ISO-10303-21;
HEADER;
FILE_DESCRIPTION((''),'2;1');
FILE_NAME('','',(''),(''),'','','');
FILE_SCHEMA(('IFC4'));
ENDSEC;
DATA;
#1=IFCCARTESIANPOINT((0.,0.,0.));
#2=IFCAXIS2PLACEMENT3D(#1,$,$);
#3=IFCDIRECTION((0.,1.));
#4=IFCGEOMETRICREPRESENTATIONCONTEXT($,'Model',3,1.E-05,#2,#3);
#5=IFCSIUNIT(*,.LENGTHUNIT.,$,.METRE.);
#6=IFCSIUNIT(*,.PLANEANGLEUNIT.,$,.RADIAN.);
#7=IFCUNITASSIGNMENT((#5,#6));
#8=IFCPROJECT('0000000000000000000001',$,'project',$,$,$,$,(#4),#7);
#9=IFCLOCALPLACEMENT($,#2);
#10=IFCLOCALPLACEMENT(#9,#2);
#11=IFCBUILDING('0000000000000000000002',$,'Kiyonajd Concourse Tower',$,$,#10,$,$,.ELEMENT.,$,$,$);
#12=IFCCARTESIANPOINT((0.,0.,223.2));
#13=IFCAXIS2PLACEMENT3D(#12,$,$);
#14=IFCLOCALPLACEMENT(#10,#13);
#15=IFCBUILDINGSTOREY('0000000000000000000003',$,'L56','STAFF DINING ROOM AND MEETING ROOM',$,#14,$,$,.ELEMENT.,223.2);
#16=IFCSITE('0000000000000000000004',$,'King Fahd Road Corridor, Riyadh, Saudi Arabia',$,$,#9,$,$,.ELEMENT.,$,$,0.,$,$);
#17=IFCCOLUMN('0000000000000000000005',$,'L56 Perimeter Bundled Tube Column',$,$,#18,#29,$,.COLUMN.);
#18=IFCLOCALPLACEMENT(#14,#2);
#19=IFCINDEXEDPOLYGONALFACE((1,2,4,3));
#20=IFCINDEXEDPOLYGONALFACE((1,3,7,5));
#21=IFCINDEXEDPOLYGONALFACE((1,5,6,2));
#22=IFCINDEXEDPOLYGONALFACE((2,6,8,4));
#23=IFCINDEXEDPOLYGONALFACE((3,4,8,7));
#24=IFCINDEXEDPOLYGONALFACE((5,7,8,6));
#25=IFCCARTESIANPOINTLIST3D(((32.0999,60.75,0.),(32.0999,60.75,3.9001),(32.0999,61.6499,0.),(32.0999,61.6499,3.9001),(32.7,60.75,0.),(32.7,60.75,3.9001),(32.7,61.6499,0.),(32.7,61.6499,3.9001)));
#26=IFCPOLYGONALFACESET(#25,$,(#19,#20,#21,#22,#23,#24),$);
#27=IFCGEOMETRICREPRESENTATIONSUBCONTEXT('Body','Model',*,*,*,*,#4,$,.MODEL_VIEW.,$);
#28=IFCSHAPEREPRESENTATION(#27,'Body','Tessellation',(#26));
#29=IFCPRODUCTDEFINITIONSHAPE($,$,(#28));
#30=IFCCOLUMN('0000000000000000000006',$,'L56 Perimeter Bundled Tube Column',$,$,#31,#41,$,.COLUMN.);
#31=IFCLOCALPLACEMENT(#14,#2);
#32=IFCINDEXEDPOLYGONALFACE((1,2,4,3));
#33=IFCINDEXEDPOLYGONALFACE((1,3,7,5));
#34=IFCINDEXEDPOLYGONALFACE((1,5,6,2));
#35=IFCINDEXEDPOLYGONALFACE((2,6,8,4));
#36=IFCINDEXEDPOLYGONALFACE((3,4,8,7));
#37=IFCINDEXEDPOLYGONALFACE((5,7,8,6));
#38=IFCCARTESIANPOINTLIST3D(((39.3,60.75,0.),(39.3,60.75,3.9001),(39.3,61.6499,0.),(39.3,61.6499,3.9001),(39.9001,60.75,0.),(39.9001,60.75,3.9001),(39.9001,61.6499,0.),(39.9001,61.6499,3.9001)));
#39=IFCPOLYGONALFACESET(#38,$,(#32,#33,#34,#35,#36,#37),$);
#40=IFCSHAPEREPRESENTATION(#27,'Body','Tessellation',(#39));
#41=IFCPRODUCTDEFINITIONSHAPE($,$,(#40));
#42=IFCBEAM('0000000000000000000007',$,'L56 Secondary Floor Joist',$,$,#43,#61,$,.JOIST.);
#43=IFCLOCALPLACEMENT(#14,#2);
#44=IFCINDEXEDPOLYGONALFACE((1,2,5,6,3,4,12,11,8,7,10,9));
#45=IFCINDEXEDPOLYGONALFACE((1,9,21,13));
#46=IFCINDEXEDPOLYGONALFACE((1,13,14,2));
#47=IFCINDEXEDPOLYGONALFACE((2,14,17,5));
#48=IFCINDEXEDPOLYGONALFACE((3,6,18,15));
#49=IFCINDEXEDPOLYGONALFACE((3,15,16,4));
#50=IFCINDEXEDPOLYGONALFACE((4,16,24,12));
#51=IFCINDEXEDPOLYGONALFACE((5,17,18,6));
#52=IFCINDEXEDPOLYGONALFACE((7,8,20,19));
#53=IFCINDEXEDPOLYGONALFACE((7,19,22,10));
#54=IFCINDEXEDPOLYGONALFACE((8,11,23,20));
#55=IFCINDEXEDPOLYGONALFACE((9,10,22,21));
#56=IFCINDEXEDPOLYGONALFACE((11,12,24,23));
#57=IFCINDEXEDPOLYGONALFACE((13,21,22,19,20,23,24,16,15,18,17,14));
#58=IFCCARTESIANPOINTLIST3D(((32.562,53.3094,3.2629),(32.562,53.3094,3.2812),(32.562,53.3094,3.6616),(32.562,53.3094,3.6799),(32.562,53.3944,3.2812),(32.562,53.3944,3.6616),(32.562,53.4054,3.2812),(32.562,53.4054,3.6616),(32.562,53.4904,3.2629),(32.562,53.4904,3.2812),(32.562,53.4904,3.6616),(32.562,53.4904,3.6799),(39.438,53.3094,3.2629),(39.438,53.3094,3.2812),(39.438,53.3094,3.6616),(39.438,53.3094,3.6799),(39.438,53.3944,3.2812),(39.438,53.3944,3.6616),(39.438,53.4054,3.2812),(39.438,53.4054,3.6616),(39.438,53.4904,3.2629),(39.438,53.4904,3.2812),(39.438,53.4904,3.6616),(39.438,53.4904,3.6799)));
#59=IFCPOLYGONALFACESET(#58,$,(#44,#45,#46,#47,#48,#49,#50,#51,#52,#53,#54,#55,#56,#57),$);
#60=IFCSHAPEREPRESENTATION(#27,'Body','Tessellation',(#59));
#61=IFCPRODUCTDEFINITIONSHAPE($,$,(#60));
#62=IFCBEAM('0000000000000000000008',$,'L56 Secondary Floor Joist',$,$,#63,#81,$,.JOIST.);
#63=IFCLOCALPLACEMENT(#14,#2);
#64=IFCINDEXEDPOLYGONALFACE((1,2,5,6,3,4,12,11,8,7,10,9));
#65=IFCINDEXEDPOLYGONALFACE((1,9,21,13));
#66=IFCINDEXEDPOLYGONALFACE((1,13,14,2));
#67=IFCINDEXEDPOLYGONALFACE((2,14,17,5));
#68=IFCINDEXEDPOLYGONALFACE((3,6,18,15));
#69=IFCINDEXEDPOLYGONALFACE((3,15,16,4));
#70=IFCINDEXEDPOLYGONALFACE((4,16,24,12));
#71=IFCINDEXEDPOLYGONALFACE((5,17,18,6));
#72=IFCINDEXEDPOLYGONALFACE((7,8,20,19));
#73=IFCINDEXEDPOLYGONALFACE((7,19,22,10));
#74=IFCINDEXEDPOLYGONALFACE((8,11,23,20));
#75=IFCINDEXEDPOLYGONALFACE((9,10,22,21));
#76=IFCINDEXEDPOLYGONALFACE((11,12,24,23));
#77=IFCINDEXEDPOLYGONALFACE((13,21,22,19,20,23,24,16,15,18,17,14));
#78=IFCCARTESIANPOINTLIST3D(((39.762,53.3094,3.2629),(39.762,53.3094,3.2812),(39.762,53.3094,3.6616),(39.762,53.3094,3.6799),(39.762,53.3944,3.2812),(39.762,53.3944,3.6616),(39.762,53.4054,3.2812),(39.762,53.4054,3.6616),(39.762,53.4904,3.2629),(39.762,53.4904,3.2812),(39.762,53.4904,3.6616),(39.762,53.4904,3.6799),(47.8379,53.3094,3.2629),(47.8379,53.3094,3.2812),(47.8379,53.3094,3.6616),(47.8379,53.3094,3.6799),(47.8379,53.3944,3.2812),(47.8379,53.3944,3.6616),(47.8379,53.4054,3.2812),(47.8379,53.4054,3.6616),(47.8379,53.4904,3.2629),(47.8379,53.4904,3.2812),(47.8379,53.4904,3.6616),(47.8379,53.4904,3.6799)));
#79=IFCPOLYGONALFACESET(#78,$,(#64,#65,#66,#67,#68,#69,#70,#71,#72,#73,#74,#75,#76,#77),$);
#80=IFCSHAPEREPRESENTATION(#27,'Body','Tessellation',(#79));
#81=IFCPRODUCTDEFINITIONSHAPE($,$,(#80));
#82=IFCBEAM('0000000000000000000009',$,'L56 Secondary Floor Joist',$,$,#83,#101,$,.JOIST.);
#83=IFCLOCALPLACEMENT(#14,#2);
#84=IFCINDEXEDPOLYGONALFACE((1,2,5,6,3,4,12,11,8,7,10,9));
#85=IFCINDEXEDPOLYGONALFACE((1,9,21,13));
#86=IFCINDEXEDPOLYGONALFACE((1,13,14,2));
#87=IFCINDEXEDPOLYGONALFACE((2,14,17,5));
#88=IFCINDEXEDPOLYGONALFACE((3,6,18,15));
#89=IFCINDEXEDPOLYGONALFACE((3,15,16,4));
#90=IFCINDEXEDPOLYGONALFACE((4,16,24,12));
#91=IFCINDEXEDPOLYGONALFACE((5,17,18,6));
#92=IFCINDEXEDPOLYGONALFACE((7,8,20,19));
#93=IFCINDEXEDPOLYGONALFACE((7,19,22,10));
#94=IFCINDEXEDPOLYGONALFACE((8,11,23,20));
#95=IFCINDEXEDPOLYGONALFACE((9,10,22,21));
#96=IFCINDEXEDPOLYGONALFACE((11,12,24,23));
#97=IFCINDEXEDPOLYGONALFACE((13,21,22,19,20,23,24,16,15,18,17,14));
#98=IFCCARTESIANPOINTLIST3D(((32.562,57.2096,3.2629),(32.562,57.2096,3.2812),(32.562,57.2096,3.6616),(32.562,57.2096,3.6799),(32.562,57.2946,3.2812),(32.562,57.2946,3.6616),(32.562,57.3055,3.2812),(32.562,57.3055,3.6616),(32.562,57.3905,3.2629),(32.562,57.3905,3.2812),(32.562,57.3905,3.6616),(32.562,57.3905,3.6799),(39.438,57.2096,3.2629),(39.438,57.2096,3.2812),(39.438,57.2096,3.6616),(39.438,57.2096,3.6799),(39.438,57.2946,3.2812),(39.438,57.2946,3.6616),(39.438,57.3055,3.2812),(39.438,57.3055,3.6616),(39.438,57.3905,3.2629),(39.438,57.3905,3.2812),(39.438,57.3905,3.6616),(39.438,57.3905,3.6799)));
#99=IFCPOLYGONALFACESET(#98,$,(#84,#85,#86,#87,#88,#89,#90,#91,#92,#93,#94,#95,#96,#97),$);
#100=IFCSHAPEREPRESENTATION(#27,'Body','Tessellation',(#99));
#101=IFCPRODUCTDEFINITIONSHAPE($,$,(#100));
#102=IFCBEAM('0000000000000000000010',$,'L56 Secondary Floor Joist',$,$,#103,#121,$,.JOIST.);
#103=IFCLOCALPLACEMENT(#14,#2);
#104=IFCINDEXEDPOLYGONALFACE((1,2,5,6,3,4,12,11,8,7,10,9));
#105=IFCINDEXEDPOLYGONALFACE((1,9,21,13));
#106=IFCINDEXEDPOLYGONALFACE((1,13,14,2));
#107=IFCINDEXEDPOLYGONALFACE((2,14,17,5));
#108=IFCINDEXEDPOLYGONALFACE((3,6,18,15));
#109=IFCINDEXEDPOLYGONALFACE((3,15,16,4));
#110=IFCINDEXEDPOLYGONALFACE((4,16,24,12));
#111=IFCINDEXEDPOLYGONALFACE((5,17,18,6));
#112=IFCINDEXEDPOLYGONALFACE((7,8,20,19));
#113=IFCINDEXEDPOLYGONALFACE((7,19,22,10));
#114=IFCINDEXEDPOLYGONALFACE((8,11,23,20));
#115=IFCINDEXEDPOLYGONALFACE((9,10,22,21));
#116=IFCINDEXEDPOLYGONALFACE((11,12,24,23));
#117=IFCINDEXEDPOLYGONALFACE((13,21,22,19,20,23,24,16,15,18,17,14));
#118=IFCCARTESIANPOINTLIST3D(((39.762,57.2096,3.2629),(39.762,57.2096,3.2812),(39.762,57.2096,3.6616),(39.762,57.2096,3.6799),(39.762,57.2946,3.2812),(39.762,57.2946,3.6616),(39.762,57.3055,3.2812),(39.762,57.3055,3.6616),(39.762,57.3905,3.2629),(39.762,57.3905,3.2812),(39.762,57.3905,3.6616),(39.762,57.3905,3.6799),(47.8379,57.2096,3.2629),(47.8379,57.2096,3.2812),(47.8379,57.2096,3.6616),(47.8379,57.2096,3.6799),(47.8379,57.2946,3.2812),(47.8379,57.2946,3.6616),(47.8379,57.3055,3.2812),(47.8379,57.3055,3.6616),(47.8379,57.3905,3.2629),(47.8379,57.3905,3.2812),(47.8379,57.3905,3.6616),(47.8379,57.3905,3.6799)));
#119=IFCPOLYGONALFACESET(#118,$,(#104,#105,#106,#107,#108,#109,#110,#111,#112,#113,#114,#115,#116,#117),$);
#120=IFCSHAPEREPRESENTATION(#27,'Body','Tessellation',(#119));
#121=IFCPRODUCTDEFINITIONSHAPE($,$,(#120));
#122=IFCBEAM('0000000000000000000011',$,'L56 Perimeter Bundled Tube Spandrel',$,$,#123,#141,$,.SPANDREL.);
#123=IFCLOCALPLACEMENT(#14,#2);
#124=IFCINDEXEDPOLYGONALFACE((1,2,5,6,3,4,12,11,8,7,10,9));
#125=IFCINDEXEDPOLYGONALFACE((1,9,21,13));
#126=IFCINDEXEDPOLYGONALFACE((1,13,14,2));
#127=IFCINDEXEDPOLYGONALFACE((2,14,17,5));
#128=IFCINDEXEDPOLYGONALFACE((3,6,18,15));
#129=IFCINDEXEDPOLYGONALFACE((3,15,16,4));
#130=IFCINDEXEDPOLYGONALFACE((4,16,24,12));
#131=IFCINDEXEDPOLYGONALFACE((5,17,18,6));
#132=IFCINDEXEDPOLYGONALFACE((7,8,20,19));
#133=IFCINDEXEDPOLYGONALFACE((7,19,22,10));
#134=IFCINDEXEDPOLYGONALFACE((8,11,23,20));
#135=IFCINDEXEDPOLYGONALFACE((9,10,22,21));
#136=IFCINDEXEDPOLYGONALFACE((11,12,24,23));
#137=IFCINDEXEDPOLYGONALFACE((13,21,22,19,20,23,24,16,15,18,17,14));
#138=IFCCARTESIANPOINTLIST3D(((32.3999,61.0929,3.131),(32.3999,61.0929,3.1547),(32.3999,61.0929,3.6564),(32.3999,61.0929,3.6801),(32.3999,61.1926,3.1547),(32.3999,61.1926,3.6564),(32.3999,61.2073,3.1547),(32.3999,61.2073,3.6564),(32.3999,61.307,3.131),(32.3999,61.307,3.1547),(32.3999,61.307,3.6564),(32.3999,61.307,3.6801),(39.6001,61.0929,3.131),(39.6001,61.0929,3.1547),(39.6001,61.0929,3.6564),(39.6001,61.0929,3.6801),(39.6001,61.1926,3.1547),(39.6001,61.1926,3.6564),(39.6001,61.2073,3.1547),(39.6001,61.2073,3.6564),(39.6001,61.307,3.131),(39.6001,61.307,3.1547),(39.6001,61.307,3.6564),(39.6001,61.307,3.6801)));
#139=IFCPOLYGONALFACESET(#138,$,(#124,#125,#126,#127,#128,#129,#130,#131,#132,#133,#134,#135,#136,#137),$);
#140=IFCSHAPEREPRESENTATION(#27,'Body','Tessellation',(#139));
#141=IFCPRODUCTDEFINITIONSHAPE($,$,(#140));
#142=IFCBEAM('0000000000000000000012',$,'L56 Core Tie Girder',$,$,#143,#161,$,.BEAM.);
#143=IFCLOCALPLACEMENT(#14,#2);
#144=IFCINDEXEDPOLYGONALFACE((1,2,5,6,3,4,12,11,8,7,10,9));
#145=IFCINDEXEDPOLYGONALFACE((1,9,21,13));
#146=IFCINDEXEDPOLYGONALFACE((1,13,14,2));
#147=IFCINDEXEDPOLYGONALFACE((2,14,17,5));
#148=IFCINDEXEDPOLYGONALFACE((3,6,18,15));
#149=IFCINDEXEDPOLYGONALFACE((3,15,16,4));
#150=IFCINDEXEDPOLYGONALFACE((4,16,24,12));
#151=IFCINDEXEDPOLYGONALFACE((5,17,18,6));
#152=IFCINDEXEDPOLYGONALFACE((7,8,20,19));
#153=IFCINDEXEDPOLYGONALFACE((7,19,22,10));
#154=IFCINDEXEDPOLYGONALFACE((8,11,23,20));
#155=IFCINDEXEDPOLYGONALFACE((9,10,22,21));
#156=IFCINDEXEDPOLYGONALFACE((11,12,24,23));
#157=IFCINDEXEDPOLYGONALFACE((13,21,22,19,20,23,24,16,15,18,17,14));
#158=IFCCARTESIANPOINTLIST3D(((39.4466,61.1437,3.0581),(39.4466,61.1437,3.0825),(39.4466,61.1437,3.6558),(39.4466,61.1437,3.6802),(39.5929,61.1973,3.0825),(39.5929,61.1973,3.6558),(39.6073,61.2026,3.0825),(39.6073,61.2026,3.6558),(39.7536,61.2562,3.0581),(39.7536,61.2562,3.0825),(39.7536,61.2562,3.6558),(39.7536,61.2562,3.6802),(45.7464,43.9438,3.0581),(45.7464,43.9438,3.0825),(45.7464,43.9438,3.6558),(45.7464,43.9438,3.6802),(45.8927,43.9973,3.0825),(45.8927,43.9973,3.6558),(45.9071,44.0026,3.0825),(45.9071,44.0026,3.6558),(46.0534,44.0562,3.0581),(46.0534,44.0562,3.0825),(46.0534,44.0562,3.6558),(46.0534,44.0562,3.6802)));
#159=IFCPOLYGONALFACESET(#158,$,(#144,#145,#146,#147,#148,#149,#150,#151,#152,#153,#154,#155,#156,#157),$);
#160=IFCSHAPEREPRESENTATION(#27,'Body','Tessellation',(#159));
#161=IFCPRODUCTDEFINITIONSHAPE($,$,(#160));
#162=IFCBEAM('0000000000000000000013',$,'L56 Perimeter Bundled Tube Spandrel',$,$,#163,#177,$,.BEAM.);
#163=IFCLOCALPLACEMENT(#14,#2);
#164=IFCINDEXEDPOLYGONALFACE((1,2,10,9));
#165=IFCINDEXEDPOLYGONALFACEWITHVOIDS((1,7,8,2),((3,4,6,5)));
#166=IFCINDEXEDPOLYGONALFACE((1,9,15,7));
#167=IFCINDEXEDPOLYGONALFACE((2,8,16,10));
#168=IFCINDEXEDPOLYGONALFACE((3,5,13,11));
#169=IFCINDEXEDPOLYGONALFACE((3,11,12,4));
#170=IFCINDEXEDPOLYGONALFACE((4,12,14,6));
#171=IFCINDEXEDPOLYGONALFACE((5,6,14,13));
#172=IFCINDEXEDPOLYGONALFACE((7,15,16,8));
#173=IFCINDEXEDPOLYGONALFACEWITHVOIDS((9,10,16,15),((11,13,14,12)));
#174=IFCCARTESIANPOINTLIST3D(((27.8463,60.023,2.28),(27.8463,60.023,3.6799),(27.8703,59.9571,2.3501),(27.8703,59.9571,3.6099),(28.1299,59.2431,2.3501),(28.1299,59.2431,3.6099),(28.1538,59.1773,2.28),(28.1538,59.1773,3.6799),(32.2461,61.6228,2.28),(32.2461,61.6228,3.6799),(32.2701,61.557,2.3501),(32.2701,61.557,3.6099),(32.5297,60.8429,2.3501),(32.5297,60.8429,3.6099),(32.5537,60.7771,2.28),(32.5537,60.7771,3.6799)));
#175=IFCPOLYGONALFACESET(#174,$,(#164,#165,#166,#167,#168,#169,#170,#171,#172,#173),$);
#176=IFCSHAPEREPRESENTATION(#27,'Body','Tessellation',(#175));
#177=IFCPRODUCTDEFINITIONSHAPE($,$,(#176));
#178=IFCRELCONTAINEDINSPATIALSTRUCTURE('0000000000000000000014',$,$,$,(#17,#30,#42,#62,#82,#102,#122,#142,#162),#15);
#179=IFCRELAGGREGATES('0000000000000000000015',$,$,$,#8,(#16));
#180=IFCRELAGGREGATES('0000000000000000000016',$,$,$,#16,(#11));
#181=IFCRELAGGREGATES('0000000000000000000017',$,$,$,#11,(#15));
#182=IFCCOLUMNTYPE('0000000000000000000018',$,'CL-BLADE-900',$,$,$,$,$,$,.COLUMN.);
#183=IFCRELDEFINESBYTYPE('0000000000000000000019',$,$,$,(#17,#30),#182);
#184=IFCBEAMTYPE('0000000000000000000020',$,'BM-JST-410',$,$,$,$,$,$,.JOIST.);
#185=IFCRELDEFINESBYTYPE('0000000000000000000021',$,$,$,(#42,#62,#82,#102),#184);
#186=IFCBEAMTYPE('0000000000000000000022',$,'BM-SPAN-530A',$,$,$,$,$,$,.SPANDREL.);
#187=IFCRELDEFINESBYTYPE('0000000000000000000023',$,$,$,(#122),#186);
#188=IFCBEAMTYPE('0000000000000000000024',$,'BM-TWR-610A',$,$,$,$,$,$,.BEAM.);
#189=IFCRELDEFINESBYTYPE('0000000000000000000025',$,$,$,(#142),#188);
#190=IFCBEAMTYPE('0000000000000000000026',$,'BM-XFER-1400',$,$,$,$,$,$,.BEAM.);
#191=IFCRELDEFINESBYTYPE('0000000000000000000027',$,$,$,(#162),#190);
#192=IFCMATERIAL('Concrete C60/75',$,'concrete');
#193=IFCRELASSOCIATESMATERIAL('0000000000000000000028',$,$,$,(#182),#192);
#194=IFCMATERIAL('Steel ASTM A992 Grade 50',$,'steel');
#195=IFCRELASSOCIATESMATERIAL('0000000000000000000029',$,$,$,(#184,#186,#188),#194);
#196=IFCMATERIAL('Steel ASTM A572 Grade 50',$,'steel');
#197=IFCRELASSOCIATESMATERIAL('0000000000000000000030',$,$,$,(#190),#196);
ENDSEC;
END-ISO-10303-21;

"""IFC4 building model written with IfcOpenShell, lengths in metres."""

from ifc_helpers import new_model, si_unit, direction, frame, origin, origin_2d, place, context, subcontext, project, spatial, rectangle, hollow_rectangle, i_section, extrude, material, material_profile, profile_set, type_object, element, save


model = new_model("IFC4")

# Units and contexts
model_context = context("Model", 3, precision=1e-05, world=origin(), true_north=direction((0.0, 1.0)))
body_context = subcontext(model_context, "Body", "Model", "MODEL_VIEW")
ifc_project = project(units=[si_unit("LENGTHUNIT", "METRE"), si_unit("PLANEANGLEUNIT", "RADIAN")], contexts=[model_context])

# Site, building, storey
site_placement = place(None, origin())
site = spatial("IfcSite", under=ifc_project, at=site_placement, Name="King Fahd Road Corridor, Riyadh, Saudi Arabia", CompositionType="ELEMENT", RefElevation=0.0)
building_placement = place(site_placement, origin())
building = spatial("IfcBuilding", under=site, at=building_placement, Name="Kiyonajd Concourse Tower", CompositionType="ELEMENT")
storey_placement = place(building_placement, frame((0.0, 0.0, 223.2)))
storey = spatial("IfcBuildingStorey", under=building, at=storey_placement, Name="L56", Description="STAFF DINING ROOM AND MEETING ROOM", CompositionType="ELEMENT", Elevation=223.2)

# Columns
ifc_material_1 = material(Name="Concrete C60/75", Category="concrete")
ifc_material_profile_1 = material_profile(ifc_material_1, rectangle(XDim=0.6001, YDim=0.8999, at=origin_2d()), Name="RC-900x600")
ifc_profile_set_1 = profile_set([ifc_material_profile_1], Name="Concrete C60/75")
column_type = type_object("IfcColumnType", Name="CL-BLADE-900", PredefinedType="COLUMN", material=ifc_profile_set_1)
for number, where, z_axis, x_axis, name in (
    (1, (32.3999, 61.2, 0.0), (0.0, 0.0, 1.0), (1.0, 0.0, 0.0), "L56 Perimeter Bundled Tube Column"),
    (2, (39.6001, 61.2, 0.0), (0.0, 0.0, 1.0), (1.0, 0.0, 0.0), "L56 Perimeter Bundled Tube Column"),
):
    element("IfcColumn", number, at=place(storey_placement, frame(where, z_axis=z_axis, x_axis=x_axis)), inside=storey, type_object=column_type, Name=name, PredefinedType="COLUMN", context=body_context, shape_type="SweptSolid", body=[
        extrude(rectangle(XDim=0.6001, YDim=0.8999, at=origin_2d()), origin(), (0.0, 0.0, 1.0), 3.9001),
    ])

# Beams
ifc_material_2 = material(Name="Steel ASTM A992 Grade 50", Category="steel")
ifc_material_profile_2 = material_profile(ifc_material_2, i_section(OverallWidth=0.1809, OverallDepth=0.417, WebThickness=0.011, FlangeThickness=0.0183, at=origin_2d()), Name="W410X85")
ifc_profile_set_2 = profile_set([ifc_material_profile_2], Name="Steel ASTM A992 Grade 50")
beam_type_1 = type_object("IfcBeamType", Name="BM-JST-410", PredefinedType="JOIST", material=ifc_profile_set_2)
beam_1_placement = place(storey_placement, frame((32.562, 53.3999, 3.4714), z_axis=(1.0, 0.0, 0.0), x_axis=(0.0, 1.0, 0.0)))
element("IfcBeam", 3, at=beam_1_placement, inside=storey, type_object=beam_type_1, Name="L56 Secondary Floor Joist", PredefinedType="JOIST", context=body_context, shape_type="SweptSolid", body=[
    extrude(i_section(OverallWidth=0.1809, OverallDepth=0.417, WebThickness=0.011, FlangeThickness=0.0183, at=origin_2d()), origin(), (0.0, 0.0, 1.0), 6.876),
])
beam_2_placement = place(storey_placement, frame((39.762, 53.3999, 3.4714), z_axis=(1.0, 0.0, 0.0), x_axis=(0.0, 1.0, 0.0)))
element("IfcBeam", 4, at=beam_2_placement, inside=storey, type_object=beam_type_1, Name="L56 Secondary Floor Joist", PredefinedType="JOIST", context=body_context, shape_type="SweptSolid", body=[
    extrude(i_section(OverallWidth=0.1809, OverallDepth=0.417, WebThickness=0.011, FlangeThickness=0.0183, at=origin_2d()), origin(), (0.0, 0.0, 1.0), 8.0759),
])
beam_3_placement = place(storey_placement, frame((32.562, 57.3, 3.4714), z_axis=(1.0, 0.0, 0.0), x_axis=(0.0, 1.0, 0.0)))
element("IfcBeam", 5, at=beam_3_placement, inside=storey, type_object=beam_type_1, Name="L56 Secondary Floor Joist", PredefinedType="JOIST", context=body_context, shape_type="SweptSolid", body=[
    extrude(i_section(OverallWidth=0.1809, OverallDepth=0.417, WebThickness=0.011, FlangeThickness=0.0183, at=origin_2d()), origin(), (0.0, 0.0, 1.0), 6.876),
])
beam_4_placement = place(storey_placement, frame((39.762, 57.3, 3.4714), z_axis=(1.0, 0.0, 0.0), x_axis=(0.0, 1.0, 0.0)))
element("IfcBeam", 6, at=beam_4_placement, inside=storey, type_object=beam_type_1, Name="L56 Secondary Floor Joist", PredefinedType="JOIST", context=body_context, shape_type="SweptSolid", body=[
    extrude(i_section(OverallWidth=0.1809, OverallDepth=0.417, WebThickness=0.011, FlangeThickness=0.0183, at=origin_2d()), origin(), (0.0, 0.0, 1.0), 8.0759),
])
ifc_material_profile_3 = material_profile(ifc_material_2, i_section(OverallWidth=0.2141, OverallDepth=0.5491, WebThickness=0.0146, FlangeThickness=0.0237, at=origin_2d()), Name="W530X138")
ifc_profile_set_3 = profile_set([ifc_material_profile_3], Name="Steel ASTM A992 Grade 50")
beam_type_2 = type_object("IfcBeamType", Name="BM-SPAN-530A", PredefinedType="SPANDREL", material=ifc_profile_set_3)
beam_5_placement = place(storey_placement, frame((39.6001, 61.2, 3.4055), z_axis=(-1.0, 0.0, 0.0), x_axis=(0.0, -1.0, 0.0)))
element("IfcBeam", 7, at=beam_5_placement, inside=storey, type_object=beam_type_2, Name="L56 Perimeter Bundled Tube Spandrel", PredefinedType="SPANDREL", context=body_context, shape_type="SweptSolid", body=[
    extrude(i_section(OverallWidth=0.2141, OverallDepth=0.5491, WebThickness=0.0146, FlangeThickness=0.0237, at=origin_2d()), origin(), (0.0, 0.0, 1.0), 7.2002),
])
ifc_material_profile_4 = material_profile(ifc_material_2, i_section(OverallWidth=0.3269, OverallDepth=0.6221, WebThickness=0.0154, FlangeThickness=0.0244, at=origin_2d()), Name="W610X195")
ifc_profile_set_4 = profile_set([ifc_material_profile_4], Name="Steel ASTM A992 Grade 50")
beam_type_3 = type_object("IfcBeamType", Name="BM-TWR-610A", PredefinedType="BEAM", material=ifc_profile_set_4)
beam_6_placement = place(storey_placement, frame((39.6001, 61.2, 3.3691), z_axis=(0.343925, -0.938997, 0.0), x_axis=(0.938997, 0.343925, 0.0)))
element("IfcBeam", 8, at=beam_6_placement, inside=storey, type_object=beam_type_3, Name="L56 Core Tie Girder", PredefinedType="BEAM", context=body_context, shape_type="SweptSolid", body=[
    extrude(i_section(OverallWidth=0.3269, OverallDepth=0.6221, WebThickness=0.0154, FlangeThickness=0.0244, at=origin_2d()), origin(), (0.0, 0.0, 1.0), 18.3174),
])
ifc_material_3 = material(Name="Steel ASTM A572 Grade 50", Category="steel")
ifc_material_profile_5 = material_profile(ifc_material_3, hollow_rectangle(XDim=0.8999, YDim=1.3999, WallThickness=0.0701, at=origin_2d()), Name="BOX-1400x900x70")
ifc_profile_set_5 = profile_set([ifc_material_profile_5], Name="Steel ASTM A572 Grade 50")
beam_type_4 = type_object("IfcBeamType", Name="BM-XFER-1400", PredefinedType="BEAM", material=ifc_profile_set_5)
beam_7_placement = place(storey_placement, frame((32.3999, 61.2, 2.98), z_axis=(-0.939801, -0.341722, 0.0), x_axis=(0.341722, -0.939801, 0.0)))
element("IfcBeam", 9, at=beam_7_placement, inside=storey, type_object=beam_type_4, Name="L56 Perimeter Bundled Tube Spandrel", PredefinedType="BEAM", context=body_context, shape_type="SweptSolid", body=[
    extrude(hollow_rectangle(XDim=0.8999, YDim=1.3999, WallThickness=0.0701, at=origin_2d()), origin(), (0.0, 0.0, 1.0), 4.6816),
])

save(model, "model.ifc")
